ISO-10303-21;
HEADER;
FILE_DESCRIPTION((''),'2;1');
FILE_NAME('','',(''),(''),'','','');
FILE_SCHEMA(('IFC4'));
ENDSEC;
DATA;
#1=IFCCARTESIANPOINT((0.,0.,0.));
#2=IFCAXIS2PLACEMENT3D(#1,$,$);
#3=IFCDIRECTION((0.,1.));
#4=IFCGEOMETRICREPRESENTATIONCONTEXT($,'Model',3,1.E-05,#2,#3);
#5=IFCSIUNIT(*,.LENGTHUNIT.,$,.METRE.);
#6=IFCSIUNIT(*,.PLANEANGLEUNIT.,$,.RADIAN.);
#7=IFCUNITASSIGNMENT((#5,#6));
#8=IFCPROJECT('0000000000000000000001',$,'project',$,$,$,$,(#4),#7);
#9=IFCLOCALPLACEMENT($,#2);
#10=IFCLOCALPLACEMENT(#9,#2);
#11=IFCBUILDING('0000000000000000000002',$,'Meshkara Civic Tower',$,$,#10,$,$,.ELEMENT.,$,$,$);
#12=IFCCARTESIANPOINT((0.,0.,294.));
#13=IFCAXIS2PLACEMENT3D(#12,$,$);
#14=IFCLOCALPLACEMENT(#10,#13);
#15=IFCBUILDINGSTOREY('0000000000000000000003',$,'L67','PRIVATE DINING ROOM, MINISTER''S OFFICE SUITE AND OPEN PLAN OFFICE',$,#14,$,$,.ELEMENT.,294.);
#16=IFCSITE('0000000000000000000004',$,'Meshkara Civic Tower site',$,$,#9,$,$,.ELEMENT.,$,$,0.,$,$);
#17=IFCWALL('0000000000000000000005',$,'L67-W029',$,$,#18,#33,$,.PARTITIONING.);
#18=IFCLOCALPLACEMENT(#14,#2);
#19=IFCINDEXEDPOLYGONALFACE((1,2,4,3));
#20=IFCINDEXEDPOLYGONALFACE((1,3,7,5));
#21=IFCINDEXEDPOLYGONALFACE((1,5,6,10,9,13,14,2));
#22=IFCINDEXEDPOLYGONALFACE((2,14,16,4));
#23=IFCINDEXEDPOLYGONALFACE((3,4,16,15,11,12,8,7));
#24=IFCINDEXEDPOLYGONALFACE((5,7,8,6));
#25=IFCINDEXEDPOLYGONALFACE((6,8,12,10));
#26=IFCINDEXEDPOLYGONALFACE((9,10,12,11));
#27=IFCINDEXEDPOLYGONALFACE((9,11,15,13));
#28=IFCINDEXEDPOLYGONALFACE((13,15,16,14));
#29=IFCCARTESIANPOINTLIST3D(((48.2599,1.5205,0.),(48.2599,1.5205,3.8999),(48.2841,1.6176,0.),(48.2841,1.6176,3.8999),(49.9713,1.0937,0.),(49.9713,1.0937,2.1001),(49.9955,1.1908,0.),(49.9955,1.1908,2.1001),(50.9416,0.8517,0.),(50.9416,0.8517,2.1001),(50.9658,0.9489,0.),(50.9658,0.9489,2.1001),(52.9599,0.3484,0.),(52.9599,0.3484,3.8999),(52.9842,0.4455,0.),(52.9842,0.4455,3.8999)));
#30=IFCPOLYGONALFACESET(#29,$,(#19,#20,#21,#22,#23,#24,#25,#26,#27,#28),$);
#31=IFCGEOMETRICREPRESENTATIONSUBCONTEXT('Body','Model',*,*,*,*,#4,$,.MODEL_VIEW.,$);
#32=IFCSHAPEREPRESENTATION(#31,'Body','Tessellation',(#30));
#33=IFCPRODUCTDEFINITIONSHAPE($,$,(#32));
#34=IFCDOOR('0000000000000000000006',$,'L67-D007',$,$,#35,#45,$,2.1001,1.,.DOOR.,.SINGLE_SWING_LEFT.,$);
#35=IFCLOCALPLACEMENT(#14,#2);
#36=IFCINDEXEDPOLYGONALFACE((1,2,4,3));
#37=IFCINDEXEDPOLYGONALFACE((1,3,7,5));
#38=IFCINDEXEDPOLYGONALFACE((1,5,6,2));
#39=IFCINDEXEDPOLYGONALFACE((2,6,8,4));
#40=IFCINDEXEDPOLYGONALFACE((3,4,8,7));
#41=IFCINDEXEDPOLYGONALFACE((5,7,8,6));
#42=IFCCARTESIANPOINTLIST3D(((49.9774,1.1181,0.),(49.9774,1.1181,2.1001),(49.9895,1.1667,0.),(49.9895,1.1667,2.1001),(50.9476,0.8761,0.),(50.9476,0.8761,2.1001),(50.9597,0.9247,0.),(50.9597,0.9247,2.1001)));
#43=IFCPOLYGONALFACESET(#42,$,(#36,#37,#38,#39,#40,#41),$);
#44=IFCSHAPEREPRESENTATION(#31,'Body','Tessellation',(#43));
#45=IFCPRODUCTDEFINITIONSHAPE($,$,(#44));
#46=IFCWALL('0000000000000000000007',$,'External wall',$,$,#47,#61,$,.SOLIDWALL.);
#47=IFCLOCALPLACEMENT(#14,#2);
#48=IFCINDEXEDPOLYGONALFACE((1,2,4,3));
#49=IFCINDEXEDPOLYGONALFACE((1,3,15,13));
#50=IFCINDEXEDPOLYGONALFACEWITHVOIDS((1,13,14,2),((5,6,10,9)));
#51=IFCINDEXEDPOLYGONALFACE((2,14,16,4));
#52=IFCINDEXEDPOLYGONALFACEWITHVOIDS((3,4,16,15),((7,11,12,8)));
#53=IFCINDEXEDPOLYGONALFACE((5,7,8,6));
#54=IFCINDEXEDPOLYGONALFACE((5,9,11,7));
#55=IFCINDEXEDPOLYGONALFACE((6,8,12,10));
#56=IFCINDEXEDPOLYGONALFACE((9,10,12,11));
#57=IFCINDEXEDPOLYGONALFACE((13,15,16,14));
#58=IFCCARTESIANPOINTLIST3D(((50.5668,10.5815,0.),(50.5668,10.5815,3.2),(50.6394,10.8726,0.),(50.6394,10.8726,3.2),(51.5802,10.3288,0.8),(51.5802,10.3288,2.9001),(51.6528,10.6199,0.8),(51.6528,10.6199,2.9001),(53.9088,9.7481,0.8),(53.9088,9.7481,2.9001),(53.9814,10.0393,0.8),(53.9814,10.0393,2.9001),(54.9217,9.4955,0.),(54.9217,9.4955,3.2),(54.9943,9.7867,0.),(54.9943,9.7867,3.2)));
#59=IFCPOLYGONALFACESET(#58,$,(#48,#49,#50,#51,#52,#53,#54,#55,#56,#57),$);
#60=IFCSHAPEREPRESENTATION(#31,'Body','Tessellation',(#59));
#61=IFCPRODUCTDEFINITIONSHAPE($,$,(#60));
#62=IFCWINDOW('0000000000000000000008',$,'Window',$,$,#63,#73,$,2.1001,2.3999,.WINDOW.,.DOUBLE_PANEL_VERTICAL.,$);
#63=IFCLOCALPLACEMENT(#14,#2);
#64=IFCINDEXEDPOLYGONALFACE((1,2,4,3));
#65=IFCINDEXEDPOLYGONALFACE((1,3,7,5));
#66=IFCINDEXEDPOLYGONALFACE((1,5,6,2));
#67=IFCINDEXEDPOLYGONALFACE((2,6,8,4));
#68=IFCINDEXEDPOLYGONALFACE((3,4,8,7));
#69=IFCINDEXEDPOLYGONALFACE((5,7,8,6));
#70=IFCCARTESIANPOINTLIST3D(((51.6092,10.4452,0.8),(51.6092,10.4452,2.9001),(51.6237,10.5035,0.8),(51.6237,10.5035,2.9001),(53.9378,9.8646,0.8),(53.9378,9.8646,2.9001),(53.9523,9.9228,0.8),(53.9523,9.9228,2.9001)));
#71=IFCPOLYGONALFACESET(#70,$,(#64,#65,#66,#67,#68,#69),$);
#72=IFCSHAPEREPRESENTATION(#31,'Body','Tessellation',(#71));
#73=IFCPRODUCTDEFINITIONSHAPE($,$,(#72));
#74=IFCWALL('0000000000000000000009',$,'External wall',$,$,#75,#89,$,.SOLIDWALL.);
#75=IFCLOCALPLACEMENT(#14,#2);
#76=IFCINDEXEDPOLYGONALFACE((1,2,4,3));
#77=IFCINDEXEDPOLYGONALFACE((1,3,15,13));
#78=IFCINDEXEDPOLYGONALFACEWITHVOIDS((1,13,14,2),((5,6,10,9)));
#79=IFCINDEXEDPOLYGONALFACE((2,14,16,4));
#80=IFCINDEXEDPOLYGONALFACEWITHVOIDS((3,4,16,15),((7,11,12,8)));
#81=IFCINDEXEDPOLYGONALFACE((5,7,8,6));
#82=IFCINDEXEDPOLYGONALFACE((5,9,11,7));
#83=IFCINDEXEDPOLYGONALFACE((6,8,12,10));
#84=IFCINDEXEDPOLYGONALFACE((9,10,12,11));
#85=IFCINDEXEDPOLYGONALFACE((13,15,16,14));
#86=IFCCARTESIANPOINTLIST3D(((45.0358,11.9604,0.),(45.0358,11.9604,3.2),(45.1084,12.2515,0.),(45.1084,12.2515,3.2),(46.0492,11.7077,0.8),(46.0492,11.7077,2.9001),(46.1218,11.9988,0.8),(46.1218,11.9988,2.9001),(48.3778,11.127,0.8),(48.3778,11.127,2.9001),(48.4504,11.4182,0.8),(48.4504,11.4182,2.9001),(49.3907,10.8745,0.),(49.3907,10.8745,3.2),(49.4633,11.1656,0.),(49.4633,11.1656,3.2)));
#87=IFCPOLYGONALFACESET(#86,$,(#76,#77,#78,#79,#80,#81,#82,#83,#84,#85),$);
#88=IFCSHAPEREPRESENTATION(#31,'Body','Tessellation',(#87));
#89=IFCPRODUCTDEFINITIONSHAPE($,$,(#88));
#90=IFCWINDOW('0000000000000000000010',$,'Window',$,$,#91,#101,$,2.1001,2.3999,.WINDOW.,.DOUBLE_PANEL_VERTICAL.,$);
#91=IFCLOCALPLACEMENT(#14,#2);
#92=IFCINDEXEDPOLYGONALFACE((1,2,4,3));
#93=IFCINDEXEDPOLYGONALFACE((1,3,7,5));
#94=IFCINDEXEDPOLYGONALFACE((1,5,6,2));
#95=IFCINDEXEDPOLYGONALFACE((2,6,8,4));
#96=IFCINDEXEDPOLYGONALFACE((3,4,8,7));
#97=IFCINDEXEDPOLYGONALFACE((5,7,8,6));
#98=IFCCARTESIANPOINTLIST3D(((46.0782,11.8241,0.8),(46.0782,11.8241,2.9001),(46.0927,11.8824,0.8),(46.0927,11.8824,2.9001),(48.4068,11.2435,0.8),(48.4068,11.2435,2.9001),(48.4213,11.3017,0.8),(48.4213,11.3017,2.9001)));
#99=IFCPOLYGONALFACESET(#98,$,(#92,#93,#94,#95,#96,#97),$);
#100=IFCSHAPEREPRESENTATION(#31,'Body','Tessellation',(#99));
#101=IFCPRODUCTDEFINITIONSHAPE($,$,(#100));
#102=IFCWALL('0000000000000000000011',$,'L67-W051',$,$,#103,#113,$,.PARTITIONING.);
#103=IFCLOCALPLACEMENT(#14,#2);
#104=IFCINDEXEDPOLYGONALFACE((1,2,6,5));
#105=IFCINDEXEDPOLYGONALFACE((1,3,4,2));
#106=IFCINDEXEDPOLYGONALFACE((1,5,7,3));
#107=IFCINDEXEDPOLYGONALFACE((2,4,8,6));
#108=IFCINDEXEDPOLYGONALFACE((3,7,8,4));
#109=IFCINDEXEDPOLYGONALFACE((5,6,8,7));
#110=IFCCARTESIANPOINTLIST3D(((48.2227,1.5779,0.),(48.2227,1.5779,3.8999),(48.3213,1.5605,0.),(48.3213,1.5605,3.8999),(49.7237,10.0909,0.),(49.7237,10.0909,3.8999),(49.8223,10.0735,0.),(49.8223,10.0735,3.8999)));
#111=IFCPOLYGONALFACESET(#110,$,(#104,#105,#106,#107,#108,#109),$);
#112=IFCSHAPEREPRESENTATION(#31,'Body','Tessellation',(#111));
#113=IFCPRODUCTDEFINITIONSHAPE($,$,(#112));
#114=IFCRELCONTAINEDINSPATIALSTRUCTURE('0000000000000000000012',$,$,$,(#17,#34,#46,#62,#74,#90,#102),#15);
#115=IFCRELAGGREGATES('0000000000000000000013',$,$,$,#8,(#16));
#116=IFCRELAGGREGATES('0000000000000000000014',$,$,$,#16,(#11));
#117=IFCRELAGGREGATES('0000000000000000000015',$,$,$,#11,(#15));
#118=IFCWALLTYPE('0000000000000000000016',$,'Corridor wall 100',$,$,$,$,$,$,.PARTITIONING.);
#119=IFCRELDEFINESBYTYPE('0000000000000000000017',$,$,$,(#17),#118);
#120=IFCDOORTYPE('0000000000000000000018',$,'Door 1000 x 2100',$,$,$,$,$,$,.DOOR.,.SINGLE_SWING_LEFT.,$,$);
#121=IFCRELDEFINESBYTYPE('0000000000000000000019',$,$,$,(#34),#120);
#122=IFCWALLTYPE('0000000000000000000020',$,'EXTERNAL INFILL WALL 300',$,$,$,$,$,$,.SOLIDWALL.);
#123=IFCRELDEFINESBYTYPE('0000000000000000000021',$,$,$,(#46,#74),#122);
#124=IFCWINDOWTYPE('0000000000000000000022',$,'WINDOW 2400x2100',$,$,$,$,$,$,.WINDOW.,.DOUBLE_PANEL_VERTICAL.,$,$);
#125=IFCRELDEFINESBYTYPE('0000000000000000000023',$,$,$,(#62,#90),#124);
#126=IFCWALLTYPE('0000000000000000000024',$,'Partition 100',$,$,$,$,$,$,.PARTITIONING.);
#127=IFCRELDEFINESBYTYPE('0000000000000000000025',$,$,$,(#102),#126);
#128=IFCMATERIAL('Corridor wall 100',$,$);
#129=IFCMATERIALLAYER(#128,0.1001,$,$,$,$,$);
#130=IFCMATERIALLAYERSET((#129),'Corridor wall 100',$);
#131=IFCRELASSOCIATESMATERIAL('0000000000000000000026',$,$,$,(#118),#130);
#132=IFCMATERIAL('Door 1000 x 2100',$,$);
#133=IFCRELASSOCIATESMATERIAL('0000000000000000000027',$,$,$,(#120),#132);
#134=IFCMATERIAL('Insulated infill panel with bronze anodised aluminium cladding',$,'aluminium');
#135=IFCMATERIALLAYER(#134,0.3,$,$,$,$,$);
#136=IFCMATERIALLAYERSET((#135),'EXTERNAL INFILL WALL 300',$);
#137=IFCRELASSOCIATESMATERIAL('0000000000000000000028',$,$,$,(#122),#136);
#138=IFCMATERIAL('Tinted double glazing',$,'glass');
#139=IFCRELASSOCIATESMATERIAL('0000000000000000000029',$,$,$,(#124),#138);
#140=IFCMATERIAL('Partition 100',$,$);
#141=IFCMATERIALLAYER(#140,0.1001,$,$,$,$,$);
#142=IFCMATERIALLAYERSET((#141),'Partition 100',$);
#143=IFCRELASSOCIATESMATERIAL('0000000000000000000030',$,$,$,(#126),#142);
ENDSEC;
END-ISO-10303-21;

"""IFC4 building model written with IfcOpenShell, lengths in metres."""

from ifc_helpers import new_model, si_unit, direction, frame, frame_2d, origin, place, context, subcontext, project, spatial, rectangle, extrude, material, layer, layer_set, type_object, element, fill, save


model = new_model("IFC4")

# Units and contexts
model_context = context("Model", 3, precision=1e-05, world=origin(), true_north=direction((0.0, 1.0)))
body_context = subcontext(model_context, "Body", "Model", "MODEL_VIEW")
ifc_project = project(units=[si_unit("LENGTHUNIT", "METRE"), si_unit("PLANEANGLEUNIT", "RADIAN")], contexts=[model_context])

# Site, building, storey
site_placement = place(None, origin())
site = spatial("IfcSite", under=ifc_project, at=site_placement, Name="Meshkara Civic Tower site", CompositionType="ELEMENT", RefElevation=0.0)
building_placement = place(site_placement, origin())
building = spatial("IfcBuilding", under=site, at=building_placement, Name="Meshkara Civic Tower", CompositionType="ELEMENT")
storey_placement = place(building_placement, frame((0.0, 0.0, 294.0)))
storey = spatial("IfcBuildingStorey", under=building, at=storey_placement, Name="L67", Description="PRIVATE DINING ROOM, MINISTER'S OFFICE SUITE AND OPEN PLAN OFFICE", CompositionType="ELEMENT", Elevation=294.0)

# Shared definitions
ifc_material_1 = material(Name="Corridor wall 100")
ifc_layer_1 = layer(ifc_material_1, 0.1001)
ifc_layer_set_1 = layer_set([ifc_layer_1], Name="Corridor wall 100")
wall_type_1 = type_object("IfcWallType", Name="Corridor wall 100", PredefinedType="PARTITIONING", material=ifc_layer_set_1)

# Wall, opening, door
wall_1_placement = place(storey_placement, frame((52.9719, 0.397, 0.0), z_axis=(0.0, 0.0, 1.0), x_axis=(-0.970282, 0.241978, 0.0)))
wall_1 = element("IfcWall", 1, at=wall_1_placement, inside=storey, type_object=wall_type_1, Name="L67-W029", PredefinedType="PARTITIONING", context=body_context, shape_type="SweptSolid", body=[
    extrude(rectangle(XDim=4.844, YDim=0.1001, at=frame_2d((2.4219, 0.0))), origin(), (0.0, 0.0, 1.0), 3.8999),
])
opening_1_placement = place(wall_1_placement, frame((2.0801, 0.0, 0.0)))
opening_1 = element("IfcOpeningElement", 2, at=opening_1_placement, cuts=wall_1, PredefinedType="OPENING", context=body_context, shape_type="SweptSolid", body=[
    extrude(rectangle(XDim=1.0, YDim=2.1001, at=frame_2d((0.5, 1.05))), frame((0.0, 0.0601, 0.0), z_axis=(0.0, -1.0, 0.0), x_axis=(1.0, 0.0, 0.0)), (0.0, 0.0, 1.0), 0.1201),
])
ifc_material_2 = material(Name="Door 1000 x 2100")
door_type_1 = type_object("IfcDoorType", Name="Door 1000 x 2100", OperationType="SINGLE_SWING_LEFT", PredefinedType="DOOR", material=ifc_material_2)
door_1_placement = place(opening_1_placement, origin())
door_1 = element("IfcDoor", 3, at=door_1_placement, inside=storey, type_object=door_type_1, Name="L67-D007", OperationType="SINGLE_SWING_LEFT", OverallHeight=2.1001, OverallWidth=1.0, PredefinedType="DOOR", context=body_context, shape_type="SweptSolid", body=[
    extrude(rectangle(XDim=1.0, YDim=2.1001, at=frame_2d((0.5, 1.05))), frame((0.0, 0.0249, 0.0), z_axis=(0.0, -1.0, 0.0), x_axis=(1.0, 0.0, 0.0)), (0.0, 0.0, 1.0), 0.05),
])
fill(opening_1, door_1)

# Walls, openings, windows
ifc_material_3 = material(Name="Insulated infill panel with bronze anodised aluminium cladding", Category="aluminium")
ifc_layer_2 = layer(ifc_material_3, 0.3)
ifc_layer_set_2 = layer_set([ifc_layer_2], Name="EXTERNAL INFILL WALL 300")
wall_type_2 = type_object("IfcWallType", Name="EXTERNAL INFILL WALL 300", PredefinedType="SOLIDWALL", material=ifc_layer_set_2)
wall_2_placement = place(storey_placement, frame((54.958, 9.6411, 0.0), z_axis=(0.0, 0.0, 1.0), x_axis=(-0.97029, 0.241947, 0.0)))
wall_2 = element("IfcWall", 4, at=wall_2_placement, inside=storey, type_object=wall_type_2, Name="External wall", PredefinedType="SOLIDWALL", context=body_context, shape_type="SweptSolid", body=[
    extrude(rectangle(XDim=4.4883, YDim=0.3, at=frame_2d((2.2441, 0.0))), origin(), (0.0, 0.0, 1.0), 3.2),
])
opening_2_placement = place(wall_2_placement, frame((1.0439, 0.0, 0.8)))
opening_2 = element("IfcOpeningElement", 5, at=opening_2_placement, cuts=wall_2, PredefinedType="OPENING", context=body_context, shape_type="SweptSolid", body=[
    extrude(rectangle(XDim=2.3999, YDim=2.1001, at=frame_2d((1.2, 1.05))), frame((0.0, 0.1599, 0.0), z_axis=(0.0, -1.0, 0.0), x_axis=(1.0, 0.0, 0.0)), (0.0, 0.0, 1.0), 0.3201),
])
ifc_material_4 = material(Name="Tinted double glazing", Category="glass")
window_type = type_object("IfcWindowType", Name="WINDOW 2400x2100", PartitioningType="DOUBLE_PANEL_VERTICAL", PredefinedType="WINDOW", material=ifc_material_4)
window_1_placement = place(opening_2_placement, origin())
window_1 = element("IfcWindow", 6, at=window_1_placement, inside=storey, type_object=window_type, Name="Window", OverallHeight=2.1001, OverallWidth=2.3999, PartitioningType="DOUBLE_PANEL_VERTICAL", PredefinedType="WINDOW", context=body_context, shape_type="SweptSolid", body=[
    extrude(rectangle(XDim=2.3999, YDim=2.1001, at=frame_2d((1.2, 1.05))), frame((0.0, 0.03, 0.0), z_axis=(0.0, -1.0, 0.0), x_axis=(1.0, 0.0, 0.0)), (0.0, 0.0, 1.0), 0.0601),
])
fill(opening_2, window_1)
wall_3_placement = place(storey_placement, frame((49.427, 11.02, 0.0), z_axis=(0.0, 0.0, 1.0), x_axis=(-0.97029, 0.241947, 0.0)))
wall_3 = element("IfcWall", 7, at=wall_3_placement, inside=storey, type_object=wall_type_2, Name="External wall", PredefinedType="SOLIDWALL", context=body_context, shape_type="SweptSolid", body=[
    extrude(rectangle(XDim=4.4883, YDim=0.3, at=frame_2d((2.2441, 0.0))), origin(), (0.0, 0.0, 1.0), 3.2),
])
opening_3_placement = place(wall_3_placement, frame((1.0439, 0.0, 0.8)))
opening_3 = element("IfcOpeningElement", 8, at=opening_3_placement, cuts=wall_3, PredefinedType="OPENING", context=body_context, shape_type="SweptSolid", body=[
    extrude(rectangle(XDim=2.3999, YDim=2.1001, at=frame_2d((1.2, 1.05))), frame((0.0, 0.1599, 0.0), z_axis=(0.0, -1.0, 0.0), x_axis=(1.0, 0.0, 0.0)), (0.0, 0.0, 1.0), 0.3201),
])
window_2_placement = place(opening_3_placement, origin())
window_2 = element("IfcWindow", 9, at=window_2_placement, inside=storey, type_object=window_type, Name="Window", OverallHeight=2.1001, OverallWidth=2.3999, PartitioningType="DOUBLE_PANEL_VERTICAL", PredefinedType="WINDOW", context=body_context, shape_type="SweptSolid", body=[
    extrude(rectangle(XDim=2.3999, YDim=2.1001, at=frame_2d((1.2, 1.05))), frame((0.0, 0.03, 0.0), z_axis=(0.0, -1.0, 0.0), x_axis=(1.0, 0.0, 0.0)), (0.0, 0.0, 1.0), 0.0601),
])
fill(opening_3, window_2)

# Wall
ifc_material_5 = material(Name="Partition 100")
ifc_layer_3 = layer(ifc_material_5, 0.1001)
ifc_layer_set_3 = layer_set([ifc_layer_3], Name="Partition 100")
wall_type_3 = type_object("IfcWallType", Name="Partition 100", PredefinedType="PARTITIONING", material=ifc_layer_set_3)
wall_4_placement = place(storey_placement, frame((48.272, 1.5691, 0.0), z_axis=(0.0, 0.0, 1.0), x_axis=(0.173639, 0.984809, 0.0)))
element("IfcWall", 10, at=wall_4_placement, inside=storey, type_object=wall_type_3, Name="L67-W051", PredefinedType="PARTITIONING", context=body_context, shape_type="SweptSolid", body=[
    extrude(rectangle(XDim=8.6443, YDim=0.1001, at=frame_2d((4.3223, 0.0))), origin(), (0.0, 0.0, 1.0), 3.8999),
])

save(model, "model.ifc")
